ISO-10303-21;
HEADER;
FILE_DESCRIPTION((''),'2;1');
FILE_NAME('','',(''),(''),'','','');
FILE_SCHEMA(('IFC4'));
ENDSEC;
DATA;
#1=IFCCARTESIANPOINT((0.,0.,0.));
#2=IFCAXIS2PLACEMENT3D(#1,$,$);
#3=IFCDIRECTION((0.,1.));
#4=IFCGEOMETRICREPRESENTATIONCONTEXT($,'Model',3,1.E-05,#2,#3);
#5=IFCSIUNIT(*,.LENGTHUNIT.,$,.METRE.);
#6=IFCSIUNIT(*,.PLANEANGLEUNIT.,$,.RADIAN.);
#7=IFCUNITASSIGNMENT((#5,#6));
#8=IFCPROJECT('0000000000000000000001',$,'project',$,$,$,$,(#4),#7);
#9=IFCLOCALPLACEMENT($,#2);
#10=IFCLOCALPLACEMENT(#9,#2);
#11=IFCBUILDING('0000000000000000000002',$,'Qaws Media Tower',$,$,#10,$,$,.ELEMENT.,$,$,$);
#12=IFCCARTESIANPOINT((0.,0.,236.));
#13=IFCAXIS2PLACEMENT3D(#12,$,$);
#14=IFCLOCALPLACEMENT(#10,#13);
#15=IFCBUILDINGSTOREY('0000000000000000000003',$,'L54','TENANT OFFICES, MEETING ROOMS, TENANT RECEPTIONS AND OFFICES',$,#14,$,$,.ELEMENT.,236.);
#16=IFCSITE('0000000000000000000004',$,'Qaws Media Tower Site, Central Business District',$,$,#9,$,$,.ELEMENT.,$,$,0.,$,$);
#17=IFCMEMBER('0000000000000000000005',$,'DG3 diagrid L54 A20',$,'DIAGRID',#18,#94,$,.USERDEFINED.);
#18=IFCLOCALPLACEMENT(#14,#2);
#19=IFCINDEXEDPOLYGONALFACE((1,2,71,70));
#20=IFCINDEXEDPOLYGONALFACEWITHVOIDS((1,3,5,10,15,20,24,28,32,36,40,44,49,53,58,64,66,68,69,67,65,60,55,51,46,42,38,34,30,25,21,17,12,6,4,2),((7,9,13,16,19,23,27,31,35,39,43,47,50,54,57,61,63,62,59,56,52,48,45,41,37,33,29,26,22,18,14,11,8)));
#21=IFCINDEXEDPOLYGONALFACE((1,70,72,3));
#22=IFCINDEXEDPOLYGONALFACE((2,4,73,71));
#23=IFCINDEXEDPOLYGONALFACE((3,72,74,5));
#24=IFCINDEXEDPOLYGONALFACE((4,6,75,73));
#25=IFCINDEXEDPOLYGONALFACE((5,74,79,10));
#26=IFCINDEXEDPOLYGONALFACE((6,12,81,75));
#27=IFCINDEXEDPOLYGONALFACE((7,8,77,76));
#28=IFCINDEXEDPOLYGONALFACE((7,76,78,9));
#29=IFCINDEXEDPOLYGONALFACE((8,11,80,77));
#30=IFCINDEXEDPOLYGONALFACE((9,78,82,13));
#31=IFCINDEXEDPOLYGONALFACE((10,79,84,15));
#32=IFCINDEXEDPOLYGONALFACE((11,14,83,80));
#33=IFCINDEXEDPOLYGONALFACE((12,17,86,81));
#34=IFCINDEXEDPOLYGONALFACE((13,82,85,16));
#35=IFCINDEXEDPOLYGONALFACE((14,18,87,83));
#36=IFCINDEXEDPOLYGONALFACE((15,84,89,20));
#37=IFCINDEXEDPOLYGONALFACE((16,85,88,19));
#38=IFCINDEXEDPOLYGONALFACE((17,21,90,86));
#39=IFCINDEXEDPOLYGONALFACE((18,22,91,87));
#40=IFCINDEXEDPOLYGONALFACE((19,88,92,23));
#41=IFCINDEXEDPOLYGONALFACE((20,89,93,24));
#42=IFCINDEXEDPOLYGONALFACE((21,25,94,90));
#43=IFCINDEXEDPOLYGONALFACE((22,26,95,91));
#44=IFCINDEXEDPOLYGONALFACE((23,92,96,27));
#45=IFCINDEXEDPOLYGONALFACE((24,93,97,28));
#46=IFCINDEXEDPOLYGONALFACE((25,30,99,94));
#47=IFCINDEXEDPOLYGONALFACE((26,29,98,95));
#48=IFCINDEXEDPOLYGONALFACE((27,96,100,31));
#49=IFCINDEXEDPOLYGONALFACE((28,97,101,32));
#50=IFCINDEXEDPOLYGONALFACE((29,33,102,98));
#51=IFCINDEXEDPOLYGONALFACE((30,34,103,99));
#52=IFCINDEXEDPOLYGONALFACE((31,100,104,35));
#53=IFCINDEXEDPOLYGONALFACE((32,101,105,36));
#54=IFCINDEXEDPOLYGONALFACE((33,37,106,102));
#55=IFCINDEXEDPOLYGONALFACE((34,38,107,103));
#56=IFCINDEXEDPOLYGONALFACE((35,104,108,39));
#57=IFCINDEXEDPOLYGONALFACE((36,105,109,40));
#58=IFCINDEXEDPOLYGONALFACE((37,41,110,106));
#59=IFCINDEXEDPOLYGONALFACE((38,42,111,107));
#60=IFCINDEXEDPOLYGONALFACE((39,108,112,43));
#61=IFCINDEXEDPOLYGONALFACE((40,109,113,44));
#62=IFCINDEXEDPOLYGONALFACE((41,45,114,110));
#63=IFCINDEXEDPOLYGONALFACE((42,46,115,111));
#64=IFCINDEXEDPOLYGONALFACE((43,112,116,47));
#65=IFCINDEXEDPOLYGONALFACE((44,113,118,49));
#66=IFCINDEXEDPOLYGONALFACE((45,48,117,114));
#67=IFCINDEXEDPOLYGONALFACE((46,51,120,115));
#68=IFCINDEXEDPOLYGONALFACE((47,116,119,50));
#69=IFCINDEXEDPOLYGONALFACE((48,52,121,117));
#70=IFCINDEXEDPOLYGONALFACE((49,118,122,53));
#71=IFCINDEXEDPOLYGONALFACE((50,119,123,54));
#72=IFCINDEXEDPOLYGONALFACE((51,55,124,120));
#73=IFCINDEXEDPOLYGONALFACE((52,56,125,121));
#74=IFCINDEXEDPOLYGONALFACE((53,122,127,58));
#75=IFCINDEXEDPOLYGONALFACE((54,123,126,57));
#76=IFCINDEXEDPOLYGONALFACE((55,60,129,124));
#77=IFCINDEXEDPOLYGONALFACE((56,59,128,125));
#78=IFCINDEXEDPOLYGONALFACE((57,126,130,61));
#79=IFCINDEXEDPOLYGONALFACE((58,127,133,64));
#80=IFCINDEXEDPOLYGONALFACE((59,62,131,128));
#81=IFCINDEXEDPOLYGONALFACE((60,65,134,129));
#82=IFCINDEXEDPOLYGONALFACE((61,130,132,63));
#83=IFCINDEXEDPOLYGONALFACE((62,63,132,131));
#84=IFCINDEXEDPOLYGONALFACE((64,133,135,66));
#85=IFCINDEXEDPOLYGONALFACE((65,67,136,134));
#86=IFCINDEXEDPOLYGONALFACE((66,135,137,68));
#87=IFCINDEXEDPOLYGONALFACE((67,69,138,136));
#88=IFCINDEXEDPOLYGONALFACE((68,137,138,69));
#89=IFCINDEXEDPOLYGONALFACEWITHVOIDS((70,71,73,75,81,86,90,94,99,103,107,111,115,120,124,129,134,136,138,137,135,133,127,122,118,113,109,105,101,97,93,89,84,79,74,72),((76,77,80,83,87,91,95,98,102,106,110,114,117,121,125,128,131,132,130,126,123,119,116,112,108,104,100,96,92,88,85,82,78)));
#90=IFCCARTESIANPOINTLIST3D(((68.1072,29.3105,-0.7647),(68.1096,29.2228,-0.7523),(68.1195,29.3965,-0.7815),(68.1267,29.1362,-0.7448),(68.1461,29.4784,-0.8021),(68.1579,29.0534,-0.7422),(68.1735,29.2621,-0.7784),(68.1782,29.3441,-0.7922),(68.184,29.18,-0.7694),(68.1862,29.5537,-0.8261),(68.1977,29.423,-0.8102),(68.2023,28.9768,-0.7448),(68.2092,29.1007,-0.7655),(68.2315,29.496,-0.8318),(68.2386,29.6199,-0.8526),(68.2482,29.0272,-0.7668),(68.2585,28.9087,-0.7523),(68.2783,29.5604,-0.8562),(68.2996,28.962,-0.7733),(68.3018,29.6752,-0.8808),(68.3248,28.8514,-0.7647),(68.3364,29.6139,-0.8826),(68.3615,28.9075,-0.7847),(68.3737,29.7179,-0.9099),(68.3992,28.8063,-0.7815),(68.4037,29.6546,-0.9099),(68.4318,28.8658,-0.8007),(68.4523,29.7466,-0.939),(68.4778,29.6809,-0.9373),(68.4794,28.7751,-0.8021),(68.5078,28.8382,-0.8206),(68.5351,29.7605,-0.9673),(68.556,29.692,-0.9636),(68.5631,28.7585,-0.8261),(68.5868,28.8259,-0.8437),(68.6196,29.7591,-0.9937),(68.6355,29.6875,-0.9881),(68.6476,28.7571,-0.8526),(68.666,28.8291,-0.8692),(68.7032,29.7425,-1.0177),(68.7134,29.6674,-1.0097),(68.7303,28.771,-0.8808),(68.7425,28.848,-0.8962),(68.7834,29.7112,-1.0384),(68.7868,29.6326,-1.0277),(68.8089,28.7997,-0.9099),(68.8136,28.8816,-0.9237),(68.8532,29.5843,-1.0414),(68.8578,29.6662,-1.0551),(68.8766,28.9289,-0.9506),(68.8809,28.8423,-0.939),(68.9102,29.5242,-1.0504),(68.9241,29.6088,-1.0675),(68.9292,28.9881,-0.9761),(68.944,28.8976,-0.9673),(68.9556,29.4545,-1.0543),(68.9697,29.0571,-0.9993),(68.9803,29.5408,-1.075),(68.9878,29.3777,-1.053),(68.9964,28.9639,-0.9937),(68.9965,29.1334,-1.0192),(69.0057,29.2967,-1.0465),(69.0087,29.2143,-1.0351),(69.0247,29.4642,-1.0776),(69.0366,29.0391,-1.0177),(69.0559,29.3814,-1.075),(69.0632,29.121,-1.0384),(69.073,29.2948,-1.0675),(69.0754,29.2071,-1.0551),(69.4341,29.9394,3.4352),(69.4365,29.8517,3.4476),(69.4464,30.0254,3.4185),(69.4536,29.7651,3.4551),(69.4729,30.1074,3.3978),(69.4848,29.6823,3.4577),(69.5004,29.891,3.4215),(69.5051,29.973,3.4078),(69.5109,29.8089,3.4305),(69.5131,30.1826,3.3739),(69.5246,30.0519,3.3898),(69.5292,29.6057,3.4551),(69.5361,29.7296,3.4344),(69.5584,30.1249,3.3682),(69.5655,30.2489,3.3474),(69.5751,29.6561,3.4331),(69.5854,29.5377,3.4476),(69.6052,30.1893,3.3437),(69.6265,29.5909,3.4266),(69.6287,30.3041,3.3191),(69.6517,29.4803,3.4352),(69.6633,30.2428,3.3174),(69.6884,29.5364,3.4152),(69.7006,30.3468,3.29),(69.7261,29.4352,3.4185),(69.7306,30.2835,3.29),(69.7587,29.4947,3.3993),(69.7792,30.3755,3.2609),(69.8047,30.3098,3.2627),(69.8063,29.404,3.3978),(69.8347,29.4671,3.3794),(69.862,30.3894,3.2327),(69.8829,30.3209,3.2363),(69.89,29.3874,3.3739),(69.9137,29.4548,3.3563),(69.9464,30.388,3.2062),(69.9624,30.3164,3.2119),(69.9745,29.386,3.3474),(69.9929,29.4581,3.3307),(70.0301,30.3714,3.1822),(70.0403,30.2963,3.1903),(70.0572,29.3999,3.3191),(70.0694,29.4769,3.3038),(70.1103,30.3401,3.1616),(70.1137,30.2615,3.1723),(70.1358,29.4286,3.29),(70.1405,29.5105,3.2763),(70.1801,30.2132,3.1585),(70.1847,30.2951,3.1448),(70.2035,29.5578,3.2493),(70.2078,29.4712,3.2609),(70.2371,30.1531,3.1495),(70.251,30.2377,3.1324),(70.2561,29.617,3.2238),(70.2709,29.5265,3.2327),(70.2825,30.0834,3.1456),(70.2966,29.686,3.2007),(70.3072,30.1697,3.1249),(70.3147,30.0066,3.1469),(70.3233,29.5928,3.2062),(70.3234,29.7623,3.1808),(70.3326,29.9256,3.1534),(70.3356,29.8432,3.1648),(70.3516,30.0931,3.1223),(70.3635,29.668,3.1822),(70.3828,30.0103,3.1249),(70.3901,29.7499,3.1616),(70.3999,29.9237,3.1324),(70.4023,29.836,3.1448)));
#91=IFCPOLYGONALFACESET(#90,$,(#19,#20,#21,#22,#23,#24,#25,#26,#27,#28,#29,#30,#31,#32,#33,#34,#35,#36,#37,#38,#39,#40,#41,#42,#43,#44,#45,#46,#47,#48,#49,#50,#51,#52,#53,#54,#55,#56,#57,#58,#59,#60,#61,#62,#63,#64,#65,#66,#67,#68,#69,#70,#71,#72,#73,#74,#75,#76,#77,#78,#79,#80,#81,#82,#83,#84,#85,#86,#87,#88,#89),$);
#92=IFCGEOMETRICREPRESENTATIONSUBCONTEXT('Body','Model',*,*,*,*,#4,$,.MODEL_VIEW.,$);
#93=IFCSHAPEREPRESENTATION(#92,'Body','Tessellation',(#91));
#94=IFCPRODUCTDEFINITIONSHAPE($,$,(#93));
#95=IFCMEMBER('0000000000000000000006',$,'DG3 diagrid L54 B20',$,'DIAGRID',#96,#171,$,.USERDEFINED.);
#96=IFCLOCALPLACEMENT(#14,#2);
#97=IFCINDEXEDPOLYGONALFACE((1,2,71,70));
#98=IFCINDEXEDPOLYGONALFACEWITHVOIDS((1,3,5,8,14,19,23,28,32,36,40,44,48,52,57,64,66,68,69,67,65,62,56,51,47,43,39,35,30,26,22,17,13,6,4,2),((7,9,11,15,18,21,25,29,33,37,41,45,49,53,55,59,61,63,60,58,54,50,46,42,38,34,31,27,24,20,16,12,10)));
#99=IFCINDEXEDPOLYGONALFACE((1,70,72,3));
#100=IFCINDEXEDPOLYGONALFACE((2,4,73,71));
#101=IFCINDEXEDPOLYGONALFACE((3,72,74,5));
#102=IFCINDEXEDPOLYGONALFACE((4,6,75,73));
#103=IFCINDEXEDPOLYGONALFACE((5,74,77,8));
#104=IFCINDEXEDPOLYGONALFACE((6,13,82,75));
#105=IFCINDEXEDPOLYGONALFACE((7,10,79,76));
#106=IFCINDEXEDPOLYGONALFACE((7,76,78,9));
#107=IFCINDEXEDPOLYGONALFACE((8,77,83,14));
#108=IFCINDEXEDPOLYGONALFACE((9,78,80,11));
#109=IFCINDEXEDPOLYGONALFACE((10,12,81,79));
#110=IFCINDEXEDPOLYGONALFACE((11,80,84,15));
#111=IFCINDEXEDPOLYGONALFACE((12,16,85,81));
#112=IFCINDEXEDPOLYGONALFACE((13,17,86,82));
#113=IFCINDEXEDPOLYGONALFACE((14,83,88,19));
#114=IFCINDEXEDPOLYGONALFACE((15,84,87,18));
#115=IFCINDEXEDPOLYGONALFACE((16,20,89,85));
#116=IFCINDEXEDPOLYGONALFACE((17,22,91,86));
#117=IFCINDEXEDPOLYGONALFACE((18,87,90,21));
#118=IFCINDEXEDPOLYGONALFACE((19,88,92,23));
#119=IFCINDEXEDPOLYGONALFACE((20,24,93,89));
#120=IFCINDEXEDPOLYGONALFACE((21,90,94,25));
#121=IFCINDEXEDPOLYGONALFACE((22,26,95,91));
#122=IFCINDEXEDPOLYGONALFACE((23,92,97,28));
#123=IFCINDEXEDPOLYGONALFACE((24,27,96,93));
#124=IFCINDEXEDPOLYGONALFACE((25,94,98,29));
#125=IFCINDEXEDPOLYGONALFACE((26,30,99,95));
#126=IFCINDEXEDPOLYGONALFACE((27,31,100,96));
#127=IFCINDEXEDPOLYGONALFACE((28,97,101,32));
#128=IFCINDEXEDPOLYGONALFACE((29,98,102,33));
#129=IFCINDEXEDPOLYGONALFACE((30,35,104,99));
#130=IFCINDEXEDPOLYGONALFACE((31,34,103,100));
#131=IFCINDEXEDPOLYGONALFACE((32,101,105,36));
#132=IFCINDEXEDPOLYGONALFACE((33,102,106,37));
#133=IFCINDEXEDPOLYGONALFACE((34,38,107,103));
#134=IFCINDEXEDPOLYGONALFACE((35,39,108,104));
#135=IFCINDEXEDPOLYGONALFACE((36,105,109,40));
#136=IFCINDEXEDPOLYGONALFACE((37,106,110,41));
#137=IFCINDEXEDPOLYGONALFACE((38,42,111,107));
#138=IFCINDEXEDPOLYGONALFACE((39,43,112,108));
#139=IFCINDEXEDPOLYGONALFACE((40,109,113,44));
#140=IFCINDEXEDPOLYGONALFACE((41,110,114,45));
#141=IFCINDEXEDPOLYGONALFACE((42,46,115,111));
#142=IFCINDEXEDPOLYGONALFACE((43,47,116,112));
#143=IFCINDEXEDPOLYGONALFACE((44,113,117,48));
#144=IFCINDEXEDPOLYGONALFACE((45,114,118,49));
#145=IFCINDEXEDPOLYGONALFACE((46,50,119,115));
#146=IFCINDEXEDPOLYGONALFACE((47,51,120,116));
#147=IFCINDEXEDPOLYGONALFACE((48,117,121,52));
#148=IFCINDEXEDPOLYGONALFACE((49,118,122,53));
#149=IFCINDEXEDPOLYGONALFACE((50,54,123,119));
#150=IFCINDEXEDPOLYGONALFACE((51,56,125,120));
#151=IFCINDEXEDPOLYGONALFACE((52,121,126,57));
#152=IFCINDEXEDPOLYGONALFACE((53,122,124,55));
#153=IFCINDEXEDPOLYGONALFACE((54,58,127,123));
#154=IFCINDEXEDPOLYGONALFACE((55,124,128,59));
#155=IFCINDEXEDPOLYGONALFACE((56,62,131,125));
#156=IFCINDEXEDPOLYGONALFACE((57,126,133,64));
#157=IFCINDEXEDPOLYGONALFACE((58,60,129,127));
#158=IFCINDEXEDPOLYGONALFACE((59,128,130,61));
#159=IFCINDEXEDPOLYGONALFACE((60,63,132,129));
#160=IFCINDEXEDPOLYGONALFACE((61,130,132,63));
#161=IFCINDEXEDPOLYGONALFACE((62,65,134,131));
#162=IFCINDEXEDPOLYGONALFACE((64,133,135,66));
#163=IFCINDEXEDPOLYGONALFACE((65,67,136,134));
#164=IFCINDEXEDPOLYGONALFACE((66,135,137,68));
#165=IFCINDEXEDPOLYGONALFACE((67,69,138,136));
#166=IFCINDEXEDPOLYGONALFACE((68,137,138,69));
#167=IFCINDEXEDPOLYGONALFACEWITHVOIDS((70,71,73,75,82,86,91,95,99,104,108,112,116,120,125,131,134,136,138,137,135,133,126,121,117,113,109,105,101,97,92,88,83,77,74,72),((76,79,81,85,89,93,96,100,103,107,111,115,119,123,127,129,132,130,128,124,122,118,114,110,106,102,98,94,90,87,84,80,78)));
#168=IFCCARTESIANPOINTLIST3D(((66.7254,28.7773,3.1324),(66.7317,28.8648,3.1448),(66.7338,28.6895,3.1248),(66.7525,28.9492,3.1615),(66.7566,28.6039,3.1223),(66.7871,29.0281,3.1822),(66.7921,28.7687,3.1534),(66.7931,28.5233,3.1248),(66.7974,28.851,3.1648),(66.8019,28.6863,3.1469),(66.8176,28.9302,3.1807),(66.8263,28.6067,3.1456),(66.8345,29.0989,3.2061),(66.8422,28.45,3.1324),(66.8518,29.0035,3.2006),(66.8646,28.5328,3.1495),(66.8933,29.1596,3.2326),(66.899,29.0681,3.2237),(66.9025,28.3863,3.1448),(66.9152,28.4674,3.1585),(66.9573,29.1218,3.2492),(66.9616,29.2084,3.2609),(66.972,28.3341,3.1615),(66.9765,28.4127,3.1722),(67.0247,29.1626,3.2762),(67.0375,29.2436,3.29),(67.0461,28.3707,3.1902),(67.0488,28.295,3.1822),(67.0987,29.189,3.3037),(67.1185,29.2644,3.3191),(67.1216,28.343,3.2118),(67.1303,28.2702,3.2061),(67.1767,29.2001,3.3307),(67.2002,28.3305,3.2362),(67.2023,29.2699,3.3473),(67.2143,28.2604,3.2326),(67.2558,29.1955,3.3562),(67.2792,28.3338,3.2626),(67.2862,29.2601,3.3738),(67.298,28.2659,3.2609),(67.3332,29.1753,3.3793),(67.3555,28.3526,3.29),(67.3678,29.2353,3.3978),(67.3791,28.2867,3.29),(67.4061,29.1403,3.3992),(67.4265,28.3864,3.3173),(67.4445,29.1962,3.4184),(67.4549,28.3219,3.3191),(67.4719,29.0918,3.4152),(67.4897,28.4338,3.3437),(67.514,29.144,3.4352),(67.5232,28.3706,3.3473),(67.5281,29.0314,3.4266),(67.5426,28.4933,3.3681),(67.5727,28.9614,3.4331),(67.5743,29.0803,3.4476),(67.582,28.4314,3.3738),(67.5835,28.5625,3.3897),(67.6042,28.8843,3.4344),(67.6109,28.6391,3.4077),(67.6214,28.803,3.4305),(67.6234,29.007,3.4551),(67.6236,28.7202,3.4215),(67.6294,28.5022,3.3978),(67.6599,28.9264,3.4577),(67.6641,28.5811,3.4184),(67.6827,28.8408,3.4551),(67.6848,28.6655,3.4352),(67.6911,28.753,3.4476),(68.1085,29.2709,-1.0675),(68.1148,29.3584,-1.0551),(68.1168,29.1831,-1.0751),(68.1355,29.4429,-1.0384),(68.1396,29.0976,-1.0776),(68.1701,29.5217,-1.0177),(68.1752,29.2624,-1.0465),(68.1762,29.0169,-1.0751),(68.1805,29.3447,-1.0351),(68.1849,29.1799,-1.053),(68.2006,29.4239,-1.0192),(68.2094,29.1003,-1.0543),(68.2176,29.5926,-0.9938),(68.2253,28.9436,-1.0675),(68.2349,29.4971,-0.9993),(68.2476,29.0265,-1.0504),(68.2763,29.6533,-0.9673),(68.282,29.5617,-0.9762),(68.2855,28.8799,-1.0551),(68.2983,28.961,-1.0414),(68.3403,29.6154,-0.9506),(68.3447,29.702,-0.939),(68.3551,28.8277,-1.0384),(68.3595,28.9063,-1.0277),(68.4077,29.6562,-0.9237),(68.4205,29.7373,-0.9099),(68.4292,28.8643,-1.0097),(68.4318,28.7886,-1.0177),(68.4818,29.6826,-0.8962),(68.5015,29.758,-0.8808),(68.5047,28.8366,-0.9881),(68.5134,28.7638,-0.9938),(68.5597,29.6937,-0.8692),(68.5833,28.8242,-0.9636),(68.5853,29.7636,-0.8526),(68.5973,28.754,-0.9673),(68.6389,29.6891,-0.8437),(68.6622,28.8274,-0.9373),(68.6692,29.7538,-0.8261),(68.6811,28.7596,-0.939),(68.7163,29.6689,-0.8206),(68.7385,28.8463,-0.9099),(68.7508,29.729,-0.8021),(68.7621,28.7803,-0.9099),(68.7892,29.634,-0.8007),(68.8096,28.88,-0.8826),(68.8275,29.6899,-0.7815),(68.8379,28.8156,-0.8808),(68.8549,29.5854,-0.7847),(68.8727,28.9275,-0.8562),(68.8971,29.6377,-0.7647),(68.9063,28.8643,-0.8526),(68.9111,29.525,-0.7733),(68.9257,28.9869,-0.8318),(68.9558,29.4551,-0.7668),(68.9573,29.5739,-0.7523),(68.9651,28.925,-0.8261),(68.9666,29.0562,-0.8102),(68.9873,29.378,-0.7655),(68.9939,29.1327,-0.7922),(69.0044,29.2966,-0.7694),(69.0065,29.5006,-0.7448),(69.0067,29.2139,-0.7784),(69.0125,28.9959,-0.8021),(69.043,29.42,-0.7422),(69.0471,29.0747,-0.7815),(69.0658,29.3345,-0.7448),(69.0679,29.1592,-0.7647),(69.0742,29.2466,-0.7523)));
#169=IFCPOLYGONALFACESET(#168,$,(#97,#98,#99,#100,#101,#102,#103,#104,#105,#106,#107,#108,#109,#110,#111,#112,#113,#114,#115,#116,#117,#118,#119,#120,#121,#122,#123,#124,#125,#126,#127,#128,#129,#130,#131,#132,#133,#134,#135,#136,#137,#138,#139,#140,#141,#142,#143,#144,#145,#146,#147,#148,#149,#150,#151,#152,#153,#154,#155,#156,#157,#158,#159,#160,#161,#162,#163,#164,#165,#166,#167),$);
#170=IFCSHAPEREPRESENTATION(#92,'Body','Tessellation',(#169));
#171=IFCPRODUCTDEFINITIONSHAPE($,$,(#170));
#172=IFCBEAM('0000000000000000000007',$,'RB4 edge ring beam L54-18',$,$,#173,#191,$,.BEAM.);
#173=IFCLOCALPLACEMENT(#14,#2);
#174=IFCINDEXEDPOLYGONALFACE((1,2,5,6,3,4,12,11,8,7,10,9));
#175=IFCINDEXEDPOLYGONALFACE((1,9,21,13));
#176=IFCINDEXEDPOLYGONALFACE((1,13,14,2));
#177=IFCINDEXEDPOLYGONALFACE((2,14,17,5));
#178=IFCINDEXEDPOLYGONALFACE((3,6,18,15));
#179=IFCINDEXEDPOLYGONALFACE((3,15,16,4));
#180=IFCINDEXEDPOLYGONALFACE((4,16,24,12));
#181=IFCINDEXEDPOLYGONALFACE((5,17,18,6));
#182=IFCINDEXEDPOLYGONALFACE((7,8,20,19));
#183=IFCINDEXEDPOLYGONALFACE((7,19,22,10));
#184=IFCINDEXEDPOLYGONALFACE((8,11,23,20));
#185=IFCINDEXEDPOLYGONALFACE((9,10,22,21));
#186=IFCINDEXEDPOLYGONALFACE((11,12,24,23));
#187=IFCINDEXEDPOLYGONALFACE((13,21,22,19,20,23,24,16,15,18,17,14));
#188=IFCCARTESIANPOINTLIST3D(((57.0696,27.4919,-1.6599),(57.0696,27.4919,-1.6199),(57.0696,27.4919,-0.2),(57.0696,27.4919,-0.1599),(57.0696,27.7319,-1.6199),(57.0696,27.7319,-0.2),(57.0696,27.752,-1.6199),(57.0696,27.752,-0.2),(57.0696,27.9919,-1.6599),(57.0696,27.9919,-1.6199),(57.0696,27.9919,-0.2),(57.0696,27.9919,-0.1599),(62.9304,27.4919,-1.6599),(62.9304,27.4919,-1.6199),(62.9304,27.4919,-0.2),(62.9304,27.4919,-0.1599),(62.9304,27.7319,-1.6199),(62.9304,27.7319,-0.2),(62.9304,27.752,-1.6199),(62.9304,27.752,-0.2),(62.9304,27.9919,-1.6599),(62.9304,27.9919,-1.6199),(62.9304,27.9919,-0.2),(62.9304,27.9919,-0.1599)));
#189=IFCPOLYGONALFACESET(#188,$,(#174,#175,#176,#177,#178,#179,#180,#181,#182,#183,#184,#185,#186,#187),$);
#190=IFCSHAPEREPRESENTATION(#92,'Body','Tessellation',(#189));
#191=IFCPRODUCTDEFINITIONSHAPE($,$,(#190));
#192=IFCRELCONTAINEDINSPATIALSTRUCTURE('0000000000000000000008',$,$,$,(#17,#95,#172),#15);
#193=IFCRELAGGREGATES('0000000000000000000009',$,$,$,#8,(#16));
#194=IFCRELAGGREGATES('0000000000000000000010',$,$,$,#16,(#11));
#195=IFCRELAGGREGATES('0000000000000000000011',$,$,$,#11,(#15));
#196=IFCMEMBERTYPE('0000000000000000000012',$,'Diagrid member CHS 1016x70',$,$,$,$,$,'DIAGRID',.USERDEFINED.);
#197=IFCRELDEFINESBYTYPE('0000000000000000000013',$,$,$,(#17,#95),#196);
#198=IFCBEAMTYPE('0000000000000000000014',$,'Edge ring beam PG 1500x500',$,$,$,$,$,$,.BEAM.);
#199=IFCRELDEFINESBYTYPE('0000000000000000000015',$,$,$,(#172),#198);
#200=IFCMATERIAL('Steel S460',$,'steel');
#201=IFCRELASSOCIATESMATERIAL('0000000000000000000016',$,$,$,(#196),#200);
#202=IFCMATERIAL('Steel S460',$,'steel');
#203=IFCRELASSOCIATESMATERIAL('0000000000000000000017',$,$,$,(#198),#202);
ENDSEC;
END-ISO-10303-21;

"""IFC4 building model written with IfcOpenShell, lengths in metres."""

from ifc_helpers import new_model, si_unit, direction, frame, origin, origin_2d, place, context, subcontext, project, spatial, hollow_circle, i_section, extrude, material, material_profile, profile_set, type_object, element, save


model = new_model("IFC4")

# Units and contexts
model_context = context("Model", 3, precision=1e-05, world=origin(), true_north=direction((0.0, 1.0)))
body_context = subcontext(model_context, "Body", "Model", "MODEL_VIEW")
ifc_project = project(units=[si_unit("LENGTHUNIT", "METRE"), si_unit("PLANEANGLEUNIT", "RADIAN")], contexts=[model_context])

# Site, building, storey
site_placement = place(None, origin())
site = spatial("IfcSite", under=ifc_project, at=site_placement, Name="Qaws Media Tower Site, Central Business District", CompositionType="ELEMENT", RefElevation=0.0)
building_placement = place(site_placement, origin())
building = spatial("IfcBuilding", under=site, at=building_placement, Name="Qaws Media Tower", CompositionType="ELEMENT")
storey_placement = place(building_placement, frame((0.0, 0.0, 236.0)))
storey = spatial("IfcBuildingStorey", under=building, at=storey_placement, Name="L54", Description="TENANT OFFICES, MEETING ROOMS, TENANT RECEPTIONS AND OFFICES", CompositionType="ELEMENT", Elevation=236.0)

# Members
ifc_material_1 = material(Name="Steel S460", Category="steel")
ifc_material_profile_1 = material_profile(ifc_material_1, hollow_circle(Radius=0.5081, WallThickness=0.0701, at=origin_2d()), Name="CHS 1016x70")
ifc_profile_set_1 = profile_set([ifc_material_profile_1], Name="Steel S460")
member_type_1 = type_object("IfcMemberType", Name="Diagrid member CHS 1016x70", ElementType="DIAGRID", PredefinedType="USERDEFINED", material=ifc_profile_set_1)
for number, where, z_axis, x_axis, name in (
    (1, (68.5913, 29.2588, -0.9099), (0.298231, 0.141351, 0.943969), (-0.428294, 0.90364, 0.0), "DG3 diagrid L54 A20"),
    (2, (68.5913, 29.2588, -0.9099), (-0.310849, -0.110951, 0.943961), (0.336157, -0.941806, 0.0), "DG3 diagrid L54 B20"),
):
    element("IfcMember", number, at=place(storey_placement, frame(where, z_axis=z_axis, x_axis=x_axis)), inside=storey, type_object=member_type_1, Name=name, ObjectType="DIAGRID", PredefinedType="USERDEFINED", context=body_context, shape_type="SweptSolid", body=[
        extrude(hollow_circle(Radius=0.5081, WallThickness=0.0701, at=origin_2d()), origin(), (0.0, 0.0, 1.0), 4.4492),
    ])

# Beam
ifc_material_2 = material(Name="Steel S460", Category="steel")
ifc_material_profile_2 = material_profile(ifc_material_2, i_section(OverallWidth=0.5, OverallDepth=1.5, WebThickness=0.02, FlangeThickness=0.04, at=origin_2d()), Name="PG 1500x500")
ifc_profile_set_2 = profile_set([ifc_material_profile_2], Name="Steel S460")
beam_type = type_object("IfcBeamType", Name="Edge ring beam PG 1500x500", PredefinedType="BEAM", material=ifc_profile_set_2)
beam_placement = place(storey_placement, frame((57.0696, 27.7419, -0.9099), z_axis=(1.0, 0.0, 0.0), x_axis=(0.0, 1.0, 0.0)))
element("IfcBeam", 3, at=beam_placement, inside=storey, type_object=beam_type, Name="RB4 edge ring beam L54-18", PredefinedType="BEAM", context=body_context, shape_type="SweptSolid", body=[
    extrude(i_section(OverallWidth=0.5, OverallDepth=1.5, WebThickness=0.02, FlangeThickness=0.04, at=origin_2d()), origin(), (0.0, 0.0, 1.0), 5.8608),
])

save(model, "model.ifc")
